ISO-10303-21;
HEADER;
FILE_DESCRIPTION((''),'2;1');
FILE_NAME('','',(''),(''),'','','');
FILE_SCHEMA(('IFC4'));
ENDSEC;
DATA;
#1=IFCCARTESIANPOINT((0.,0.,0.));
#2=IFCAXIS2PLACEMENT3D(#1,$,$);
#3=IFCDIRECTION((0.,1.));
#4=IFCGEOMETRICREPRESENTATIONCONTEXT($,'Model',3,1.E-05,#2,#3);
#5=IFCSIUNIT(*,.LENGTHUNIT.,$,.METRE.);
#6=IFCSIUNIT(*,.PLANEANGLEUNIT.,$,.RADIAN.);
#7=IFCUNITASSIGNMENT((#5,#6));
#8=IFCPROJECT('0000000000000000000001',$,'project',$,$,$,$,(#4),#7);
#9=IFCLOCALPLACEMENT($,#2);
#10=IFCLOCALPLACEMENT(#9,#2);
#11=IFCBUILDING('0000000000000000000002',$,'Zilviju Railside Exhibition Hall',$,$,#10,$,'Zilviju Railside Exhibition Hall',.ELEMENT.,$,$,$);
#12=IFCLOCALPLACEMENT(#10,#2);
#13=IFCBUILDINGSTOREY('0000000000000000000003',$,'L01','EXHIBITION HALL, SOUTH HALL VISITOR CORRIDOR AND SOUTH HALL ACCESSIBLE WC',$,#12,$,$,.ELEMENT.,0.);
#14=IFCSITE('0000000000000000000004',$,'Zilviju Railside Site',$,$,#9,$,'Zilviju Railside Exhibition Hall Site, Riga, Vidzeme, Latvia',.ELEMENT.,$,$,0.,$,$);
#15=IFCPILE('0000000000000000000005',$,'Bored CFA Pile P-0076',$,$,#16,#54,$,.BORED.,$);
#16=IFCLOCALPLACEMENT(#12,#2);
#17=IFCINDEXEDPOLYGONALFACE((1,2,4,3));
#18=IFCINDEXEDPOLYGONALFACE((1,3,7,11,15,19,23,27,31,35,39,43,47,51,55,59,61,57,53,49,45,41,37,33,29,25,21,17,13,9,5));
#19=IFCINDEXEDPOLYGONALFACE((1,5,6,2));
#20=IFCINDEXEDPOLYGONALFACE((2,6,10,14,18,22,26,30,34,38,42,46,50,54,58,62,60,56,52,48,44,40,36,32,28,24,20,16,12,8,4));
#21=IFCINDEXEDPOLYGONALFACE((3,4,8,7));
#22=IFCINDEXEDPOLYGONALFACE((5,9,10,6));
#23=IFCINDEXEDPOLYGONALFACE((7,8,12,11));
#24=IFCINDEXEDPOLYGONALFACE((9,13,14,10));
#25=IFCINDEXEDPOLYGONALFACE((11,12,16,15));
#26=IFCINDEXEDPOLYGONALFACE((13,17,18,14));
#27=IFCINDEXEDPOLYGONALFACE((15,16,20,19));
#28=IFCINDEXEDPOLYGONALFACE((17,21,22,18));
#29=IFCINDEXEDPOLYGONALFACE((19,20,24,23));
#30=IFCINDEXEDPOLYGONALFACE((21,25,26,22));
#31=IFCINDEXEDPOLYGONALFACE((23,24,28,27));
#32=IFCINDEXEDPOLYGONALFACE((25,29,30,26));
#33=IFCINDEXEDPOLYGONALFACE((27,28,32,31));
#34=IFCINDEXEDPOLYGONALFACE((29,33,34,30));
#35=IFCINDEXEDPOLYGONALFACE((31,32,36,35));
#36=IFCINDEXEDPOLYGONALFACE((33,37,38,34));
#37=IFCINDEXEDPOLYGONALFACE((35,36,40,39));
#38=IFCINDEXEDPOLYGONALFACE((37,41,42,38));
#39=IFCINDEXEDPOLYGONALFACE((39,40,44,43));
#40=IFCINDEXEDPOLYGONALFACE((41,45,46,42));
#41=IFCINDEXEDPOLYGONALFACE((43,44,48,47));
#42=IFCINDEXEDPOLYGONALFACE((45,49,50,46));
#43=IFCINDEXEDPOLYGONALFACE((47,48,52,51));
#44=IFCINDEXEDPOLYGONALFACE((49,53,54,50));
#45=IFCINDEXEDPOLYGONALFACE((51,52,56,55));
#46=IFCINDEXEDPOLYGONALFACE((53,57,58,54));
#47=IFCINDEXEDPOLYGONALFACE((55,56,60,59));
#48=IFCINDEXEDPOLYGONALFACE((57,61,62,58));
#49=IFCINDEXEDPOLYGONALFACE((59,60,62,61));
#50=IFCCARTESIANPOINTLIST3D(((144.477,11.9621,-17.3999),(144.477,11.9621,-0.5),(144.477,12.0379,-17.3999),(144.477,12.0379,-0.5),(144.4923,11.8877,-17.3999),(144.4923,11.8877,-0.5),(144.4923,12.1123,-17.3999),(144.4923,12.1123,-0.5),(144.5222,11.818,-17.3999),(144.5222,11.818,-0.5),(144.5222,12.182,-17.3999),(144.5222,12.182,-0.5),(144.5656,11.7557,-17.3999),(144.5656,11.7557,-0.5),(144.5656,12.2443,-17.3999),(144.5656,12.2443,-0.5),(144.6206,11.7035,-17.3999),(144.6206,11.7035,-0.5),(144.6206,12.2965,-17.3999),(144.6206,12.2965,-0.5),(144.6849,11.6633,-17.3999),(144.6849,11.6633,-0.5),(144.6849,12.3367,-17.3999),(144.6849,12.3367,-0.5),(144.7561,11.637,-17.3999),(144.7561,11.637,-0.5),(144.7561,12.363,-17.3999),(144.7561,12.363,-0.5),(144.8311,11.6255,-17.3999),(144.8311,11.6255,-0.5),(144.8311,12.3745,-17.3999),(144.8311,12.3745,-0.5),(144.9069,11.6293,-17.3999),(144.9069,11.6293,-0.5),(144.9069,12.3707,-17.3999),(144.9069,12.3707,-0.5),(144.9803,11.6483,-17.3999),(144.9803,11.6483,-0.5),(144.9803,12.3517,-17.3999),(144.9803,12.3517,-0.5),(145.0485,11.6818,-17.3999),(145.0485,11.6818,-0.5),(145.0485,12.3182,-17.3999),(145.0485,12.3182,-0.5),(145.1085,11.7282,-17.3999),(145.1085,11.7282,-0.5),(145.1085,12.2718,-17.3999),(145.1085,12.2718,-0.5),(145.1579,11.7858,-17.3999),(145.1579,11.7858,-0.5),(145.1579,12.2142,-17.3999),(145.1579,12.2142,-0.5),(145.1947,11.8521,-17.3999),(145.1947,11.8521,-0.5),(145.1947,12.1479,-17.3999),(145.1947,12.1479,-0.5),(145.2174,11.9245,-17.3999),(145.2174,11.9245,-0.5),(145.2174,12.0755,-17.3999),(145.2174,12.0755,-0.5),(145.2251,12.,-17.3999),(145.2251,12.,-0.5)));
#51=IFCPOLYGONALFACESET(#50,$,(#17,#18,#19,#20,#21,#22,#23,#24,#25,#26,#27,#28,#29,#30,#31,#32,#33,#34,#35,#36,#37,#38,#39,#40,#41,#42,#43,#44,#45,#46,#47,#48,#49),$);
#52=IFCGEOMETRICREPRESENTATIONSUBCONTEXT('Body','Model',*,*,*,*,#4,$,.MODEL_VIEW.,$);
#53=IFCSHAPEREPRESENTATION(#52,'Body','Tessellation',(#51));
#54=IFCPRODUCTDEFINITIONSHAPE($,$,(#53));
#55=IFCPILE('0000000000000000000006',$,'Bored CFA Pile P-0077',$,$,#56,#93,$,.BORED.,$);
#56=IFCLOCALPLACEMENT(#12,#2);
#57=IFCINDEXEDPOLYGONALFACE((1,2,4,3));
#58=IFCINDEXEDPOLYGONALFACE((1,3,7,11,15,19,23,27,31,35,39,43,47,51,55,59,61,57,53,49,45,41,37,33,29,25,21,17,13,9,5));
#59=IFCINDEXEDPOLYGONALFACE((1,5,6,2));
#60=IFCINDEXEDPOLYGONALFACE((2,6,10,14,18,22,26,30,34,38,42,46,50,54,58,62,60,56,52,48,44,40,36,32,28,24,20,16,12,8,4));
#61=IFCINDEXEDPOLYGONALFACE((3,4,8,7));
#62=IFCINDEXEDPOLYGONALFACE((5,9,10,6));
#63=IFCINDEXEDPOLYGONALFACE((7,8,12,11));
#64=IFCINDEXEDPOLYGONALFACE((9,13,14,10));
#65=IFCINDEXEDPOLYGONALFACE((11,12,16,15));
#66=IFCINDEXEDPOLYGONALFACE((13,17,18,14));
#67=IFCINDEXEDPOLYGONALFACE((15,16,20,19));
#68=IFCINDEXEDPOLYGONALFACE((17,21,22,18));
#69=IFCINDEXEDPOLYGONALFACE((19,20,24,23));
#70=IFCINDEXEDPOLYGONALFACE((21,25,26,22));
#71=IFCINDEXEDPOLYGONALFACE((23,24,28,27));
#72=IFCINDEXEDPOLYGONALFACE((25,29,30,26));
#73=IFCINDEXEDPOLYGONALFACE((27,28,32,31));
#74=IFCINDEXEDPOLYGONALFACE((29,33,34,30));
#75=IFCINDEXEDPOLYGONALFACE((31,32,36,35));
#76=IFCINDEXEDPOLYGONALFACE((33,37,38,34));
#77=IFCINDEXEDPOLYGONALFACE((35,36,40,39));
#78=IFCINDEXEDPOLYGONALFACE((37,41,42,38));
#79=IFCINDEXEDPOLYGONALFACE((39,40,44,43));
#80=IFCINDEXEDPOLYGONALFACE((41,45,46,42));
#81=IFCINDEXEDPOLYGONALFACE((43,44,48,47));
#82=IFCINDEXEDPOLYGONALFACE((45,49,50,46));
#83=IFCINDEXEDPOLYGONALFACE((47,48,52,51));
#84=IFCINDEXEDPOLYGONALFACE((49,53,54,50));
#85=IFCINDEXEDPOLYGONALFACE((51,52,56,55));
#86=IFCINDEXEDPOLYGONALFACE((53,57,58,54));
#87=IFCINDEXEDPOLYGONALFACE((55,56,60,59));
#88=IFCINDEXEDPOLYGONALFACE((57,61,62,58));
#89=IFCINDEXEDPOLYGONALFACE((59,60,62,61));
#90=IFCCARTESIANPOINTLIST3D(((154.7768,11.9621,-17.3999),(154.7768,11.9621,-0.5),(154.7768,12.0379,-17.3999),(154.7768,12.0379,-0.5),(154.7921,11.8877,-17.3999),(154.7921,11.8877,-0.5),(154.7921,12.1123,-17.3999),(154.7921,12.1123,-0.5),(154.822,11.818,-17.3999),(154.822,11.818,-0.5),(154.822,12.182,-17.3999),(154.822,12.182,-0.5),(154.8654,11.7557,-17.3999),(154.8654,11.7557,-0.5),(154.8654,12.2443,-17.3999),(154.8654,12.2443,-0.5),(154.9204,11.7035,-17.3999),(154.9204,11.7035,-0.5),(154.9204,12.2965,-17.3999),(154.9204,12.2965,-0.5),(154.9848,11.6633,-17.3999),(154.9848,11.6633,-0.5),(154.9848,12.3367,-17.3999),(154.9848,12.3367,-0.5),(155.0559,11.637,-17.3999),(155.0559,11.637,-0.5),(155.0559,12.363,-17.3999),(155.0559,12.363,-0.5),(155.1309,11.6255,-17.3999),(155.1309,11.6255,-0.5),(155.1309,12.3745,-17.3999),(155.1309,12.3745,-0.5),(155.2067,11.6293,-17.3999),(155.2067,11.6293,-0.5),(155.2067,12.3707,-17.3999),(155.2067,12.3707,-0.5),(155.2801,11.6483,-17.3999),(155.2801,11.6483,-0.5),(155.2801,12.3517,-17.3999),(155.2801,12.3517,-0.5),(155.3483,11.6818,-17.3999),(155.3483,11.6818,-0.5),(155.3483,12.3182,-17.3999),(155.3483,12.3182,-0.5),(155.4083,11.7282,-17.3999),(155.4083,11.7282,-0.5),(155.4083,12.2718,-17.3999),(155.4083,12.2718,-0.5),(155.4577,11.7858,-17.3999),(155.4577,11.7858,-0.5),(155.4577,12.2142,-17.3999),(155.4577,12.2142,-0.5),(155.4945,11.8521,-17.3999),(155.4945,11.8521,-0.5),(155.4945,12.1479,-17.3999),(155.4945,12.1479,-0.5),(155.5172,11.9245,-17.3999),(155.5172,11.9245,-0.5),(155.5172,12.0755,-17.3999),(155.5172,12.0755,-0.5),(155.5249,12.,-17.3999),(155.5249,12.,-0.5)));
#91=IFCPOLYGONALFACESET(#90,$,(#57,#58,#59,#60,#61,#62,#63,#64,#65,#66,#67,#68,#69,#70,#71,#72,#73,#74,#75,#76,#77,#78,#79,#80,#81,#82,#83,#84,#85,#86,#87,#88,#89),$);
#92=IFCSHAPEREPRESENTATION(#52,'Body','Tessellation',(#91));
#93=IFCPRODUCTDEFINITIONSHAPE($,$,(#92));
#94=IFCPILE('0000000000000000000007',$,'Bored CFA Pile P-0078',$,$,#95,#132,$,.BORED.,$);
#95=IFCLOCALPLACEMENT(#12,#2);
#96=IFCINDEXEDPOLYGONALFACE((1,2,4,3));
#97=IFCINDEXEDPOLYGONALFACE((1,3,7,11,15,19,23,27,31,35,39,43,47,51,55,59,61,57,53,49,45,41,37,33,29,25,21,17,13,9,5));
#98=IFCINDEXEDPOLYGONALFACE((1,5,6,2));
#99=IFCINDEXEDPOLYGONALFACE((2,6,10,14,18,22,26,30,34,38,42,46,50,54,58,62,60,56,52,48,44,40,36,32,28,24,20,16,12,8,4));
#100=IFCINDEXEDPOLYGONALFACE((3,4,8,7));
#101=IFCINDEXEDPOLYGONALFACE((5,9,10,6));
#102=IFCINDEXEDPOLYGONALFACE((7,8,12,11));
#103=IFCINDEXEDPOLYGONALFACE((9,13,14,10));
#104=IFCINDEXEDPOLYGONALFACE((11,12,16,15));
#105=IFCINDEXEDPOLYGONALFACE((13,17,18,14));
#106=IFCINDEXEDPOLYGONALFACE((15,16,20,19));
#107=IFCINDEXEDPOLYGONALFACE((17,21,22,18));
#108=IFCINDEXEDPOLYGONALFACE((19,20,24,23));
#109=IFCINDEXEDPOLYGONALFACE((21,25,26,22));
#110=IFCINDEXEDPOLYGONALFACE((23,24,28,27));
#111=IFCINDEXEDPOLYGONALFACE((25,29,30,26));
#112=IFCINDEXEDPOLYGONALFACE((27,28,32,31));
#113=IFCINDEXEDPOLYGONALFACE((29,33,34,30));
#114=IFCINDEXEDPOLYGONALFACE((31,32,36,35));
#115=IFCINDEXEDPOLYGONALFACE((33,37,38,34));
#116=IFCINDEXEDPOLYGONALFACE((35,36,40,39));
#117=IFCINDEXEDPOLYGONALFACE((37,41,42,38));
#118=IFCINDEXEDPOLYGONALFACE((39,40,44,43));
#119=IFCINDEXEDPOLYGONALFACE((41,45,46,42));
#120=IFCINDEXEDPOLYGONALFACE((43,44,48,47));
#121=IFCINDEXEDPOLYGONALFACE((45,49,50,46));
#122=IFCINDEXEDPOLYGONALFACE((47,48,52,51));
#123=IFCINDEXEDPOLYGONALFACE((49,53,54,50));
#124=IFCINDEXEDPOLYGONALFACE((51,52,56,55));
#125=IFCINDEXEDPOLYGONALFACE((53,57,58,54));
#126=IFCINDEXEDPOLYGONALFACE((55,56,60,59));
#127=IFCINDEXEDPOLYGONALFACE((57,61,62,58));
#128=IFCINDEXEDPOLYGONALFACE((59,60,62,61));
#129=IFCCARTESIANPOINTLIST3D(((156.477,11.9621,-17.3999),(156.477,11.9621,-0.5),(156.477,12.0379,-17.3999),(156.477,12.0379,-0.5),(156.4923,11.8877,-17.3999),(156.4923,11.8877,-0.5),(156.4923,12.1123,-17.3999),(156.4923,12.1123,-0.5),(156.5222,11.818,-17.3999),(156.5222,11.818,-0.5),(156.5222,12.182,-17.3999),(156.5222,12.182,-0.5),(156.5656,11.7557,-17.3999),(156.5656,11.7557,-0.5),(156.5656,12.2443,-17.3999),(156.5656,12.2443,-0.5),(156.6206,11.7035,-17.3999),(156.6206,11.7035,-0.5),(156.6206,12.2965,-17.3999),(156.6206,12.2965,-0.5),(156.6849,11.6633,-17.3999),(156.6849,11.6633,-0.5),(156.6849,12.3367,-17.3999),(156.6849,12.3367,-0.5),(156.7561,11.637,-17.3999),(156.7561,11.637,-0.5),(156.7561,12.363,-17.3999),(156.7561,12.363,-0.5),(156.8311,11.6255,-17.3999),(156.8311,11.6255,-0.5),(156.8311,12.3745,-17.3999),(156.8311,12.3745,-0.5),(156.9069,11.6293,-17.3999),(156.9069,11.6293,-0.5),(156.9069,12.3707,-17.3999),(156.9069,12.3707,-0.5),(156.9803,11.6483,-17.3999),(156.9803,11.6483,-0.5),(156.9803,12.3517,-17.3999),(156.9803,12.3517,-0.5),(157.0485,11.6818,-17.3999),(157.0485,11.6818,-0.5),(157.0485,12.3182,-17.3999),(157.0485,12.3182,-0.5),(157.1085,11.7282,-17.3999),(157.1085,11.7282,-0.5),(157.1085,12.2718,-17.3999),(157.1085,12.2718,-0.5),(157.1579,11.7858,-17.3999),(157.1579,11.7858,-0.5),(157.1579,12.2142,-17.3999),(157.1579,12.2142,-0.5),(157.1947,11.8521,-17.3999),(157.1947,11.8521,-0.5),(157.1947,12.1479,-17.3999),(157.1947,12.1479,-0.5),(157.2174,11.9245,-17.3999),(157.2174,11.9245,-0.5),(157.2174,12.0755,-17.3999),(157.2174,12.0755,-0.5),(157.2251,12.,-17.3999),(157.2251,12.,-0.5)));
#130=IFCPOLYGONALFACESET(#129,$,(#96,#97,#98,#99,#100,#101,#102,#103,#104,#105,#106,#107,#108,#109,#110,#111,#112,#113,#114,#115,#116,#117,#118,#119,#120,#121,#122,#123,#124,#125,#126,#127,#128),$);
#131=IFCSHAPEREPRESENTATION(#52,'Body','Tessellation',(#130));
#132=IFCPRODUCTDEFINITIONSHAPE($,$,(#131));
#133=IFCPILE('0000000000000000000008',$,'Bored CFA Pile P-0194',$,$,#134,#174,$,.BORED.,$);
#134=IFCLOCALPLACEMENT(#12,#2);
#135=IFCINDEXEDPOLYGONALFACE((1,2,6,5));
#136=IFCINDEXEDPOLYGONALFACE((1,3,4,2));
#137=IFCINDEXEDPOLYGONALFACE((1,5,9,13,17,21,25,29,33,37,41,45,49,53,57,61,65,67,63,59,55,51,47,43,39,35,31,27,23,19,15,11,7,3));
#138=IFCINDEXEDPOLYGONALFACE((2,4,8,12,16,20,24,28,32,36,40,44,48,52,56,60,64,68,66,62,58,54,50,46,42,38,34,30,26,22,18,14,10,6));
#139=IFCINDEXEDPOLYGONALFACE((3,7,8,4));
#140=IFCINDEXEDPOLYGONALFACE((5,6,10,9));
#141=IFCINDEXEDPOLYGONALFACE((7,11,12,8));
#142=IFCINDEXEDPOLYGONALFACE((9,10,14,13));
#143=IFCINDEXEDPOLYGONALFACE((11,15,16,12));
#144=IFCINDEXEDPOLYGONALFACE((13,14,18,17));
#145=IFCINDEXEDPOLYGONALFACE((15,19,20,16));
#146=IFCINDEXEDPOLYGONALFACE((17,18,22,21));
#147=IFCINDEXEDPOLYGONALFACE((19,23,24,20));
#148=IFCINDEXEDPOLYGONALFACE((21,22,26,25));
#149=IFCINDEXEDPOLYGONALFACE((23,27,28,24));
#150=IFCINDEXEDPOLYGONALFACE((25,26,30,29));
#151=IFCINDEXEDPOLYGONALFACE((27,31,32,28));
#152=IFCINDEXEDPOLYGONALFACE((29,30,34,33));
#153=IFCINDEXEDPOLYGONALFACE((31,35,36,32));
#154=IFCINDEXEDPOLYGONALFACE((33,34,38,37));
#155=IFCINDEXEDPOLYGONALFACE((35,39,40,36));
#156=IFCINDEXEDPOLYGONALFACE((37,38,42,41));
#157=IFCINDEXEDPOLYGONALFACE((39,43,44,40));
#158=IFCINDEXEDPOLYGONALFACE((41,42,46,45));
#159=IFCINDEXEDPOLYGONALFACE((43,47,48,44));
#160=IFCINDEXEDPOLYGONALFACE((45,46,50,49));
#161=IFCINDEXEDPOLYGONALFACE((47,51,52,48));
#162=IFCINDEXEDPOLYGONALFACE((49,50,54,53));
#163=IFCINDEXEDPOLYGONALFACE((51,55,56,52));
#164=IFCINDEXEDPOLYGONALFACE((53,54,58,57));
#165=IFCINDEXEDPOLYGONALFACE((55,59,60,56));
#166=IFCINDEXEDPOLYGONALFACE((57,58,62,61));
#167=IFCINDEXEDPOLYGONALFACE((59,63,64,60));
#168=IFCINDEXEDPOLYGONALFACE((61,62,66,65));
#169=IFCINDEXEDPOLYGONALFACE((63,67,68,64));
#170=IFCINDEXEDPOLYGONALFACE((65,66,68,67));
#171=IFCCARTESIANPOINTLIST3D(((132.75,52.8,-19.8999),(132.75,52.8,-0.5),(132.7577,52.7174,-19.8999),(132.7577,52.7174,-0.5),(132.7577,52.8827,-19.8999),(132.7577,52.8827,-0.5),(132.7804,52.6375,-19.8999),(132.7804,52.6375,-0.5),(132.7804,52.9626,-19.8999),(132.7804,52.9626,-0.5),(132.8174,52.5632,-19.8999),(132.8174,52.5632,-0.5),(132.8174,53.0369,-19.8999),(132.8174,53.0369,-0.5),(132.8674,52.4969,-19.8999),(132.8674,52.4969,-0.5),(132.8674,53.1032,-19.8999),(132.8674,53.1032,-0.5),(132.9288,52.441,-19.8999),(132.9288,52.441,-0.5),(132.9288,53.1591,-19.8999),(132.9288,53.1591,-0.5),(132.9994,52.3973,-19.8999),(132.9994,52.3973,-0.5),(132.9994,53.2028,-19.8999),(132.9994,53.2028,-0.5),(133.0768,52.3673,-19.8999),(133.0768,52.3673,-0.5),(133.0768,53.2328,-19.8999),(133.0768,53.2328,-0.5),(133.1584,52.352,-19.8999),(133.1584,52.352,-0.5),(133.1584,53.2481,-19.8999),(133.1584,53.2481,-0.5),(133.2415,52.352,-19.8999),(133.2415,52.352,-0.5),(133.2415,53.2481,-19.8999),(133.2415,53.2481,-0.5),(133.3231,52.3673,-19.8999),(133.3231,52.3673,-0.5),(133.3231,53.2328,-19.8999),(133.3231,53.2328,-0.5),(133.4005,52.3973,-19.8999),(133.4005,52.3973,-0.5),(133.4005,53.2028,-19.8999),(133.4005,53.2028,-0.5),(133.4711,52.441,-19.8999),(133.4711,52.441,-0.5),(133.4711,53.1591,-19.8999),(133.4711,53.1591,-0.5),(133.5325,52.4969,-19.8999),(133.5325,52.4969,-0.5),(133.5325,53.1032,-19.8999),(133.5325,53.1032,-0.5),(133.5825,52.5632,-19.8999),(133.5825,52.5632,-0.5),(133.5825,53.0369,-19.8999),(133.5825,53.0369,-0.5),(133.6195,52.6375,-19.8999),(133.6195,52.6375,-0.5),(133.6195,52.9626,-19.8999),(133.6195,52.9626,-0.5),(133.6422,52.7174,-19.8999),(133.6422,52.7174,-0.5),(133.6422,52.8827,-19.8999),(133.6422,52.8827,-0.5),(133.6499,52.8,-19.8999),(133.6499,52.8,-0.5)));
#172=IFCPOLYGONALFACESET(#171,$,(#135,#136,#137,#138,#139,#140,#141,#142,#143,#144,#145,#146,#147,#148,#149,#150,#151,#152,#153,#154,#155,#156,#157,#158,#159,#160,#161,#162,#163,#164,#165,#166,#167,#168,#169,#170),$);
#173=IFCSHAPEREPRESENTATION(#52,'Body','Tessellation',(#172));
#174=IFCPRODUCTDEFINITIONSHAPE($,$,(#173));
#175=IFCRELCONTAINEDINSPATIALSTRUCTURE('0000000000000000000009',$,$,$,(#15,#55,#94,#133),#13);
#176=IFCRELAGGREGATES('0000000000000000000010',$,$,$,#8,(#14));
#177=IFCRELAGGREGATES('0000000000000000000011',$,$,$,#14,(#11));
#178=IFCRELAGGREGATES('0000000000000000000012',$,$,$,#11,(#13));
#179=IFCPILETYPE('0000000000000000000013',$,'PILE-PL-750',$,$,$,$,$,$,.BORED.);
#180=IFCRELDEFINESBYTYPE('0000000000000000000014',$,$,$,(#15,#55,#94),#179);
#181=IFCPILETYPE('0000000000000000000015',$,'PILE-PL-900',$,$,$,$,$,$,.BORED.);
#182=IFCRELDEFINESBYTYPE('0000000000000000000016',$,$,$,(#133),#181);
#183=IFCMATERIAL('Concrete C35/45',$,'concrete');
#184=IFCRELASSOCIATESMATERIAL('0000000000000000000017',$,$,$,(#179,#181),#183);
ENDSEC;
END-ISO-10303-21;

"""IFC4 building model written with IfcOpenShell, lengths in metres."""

from ifc_helpers import new_model, si_unit, direction, frame, origin, origin_2d, place, context, subcontext, project, spatial, circle, extrude, material, material_profile, profile_set, type_object, element, save


model = new_model("IFC4")

# Units and contexts
model_context = context("Model", 3, precision=1e-05, world=origin(), true_north=direction((0.0, 1.0)))
body_context = subcontext(model_context, "Body", "Model", "MODEL_VIEW")
ifc_project = project(units=[si_unit("LENGTHUNIT", "METRE"), si_unit("PLANEANGLEUNIT", "RADIAN")], contexts=[model_context])

# Site, building, storey
site_placement = place(None, origin())
site = spatial("IfcSite", under=ifc_project, at=site_placement, Name="Zilviju Railside Site", LongName="Zilviju Railside Exhibition Hall Site, Riga, Vidzeme, Latvia", CompositionType="ELEMENT", RefElevation=0.0)
building_placement = place(site_placement, origin())
building = spatial("IfcBuilding", under=site, at=building_placement, Name="Zilviju Railside Exhibition Hall", LongName="Zilviju Railside Exhibition Hall", CompositionType="ELEMENT")
storey_placement = place(building_placement, origin())
storey = spatial("IfcBuildingStorey", under=building, at=storey_placement, Name="L01", Description="EXHIBITION HALL, SOUTH HALL VISITOR CORRIDOR AND SOUTH HALL ACCESSIBLE WC", CompositionType="ELEMENT", Elevation=0.0)

# Shared definitions
ifc_material_1 = material(Name="Concrete C35/45", Category="concrete")

# Piles
ifc_material_profile_1 = material_profile(ifc_material_1, circle(Radius=0.375, at=origin_2d()), Name="CFA PILE D750")
ifc_profile_set_1 = profile_set([ifc_material_profile_1], Name="Concrete C35/45")
pile_type_1 = type_object("IfcPileType", Name="PILE-PL-750", PredefinedType="BORED", material=ifc_profile_set_1)
for number, where, z_axis, x_axis, name in (
    (1, (144.8501, 12.0, -0.5), (0.0, 0.0, -1.0), (1.0, 0.0, 0.0), "Bored CFA Pile P-0076"),
    (2, (155.1499, 12.0, -0.5), (0.0, 0.0, -1.0), (1.0, 0.0, 0.0), "Bored CFA Pile P-0077"),
    (3, (156.8501, 12.0, -0.5), (0.0, 0.0, -1.0), (1.0, 0.0, 0.0), "Bored CFA Pile P-0078"),
):
    element("IfcPile", number, at=place(storey_placement, frame(where, z_axis=z_axis, x_axis=x_axis)), inside=storey, type_object=pile_type_1, Name=name, PredefinedType="BORED", context=body_context, shape_type="SweptSolid", body=[
        extrude(circle(Radius=0.375, at=origin_2d()), origin(), (0.0, 0.0, 1.0), 16.8999),
    ])
ifc_material_profile_2 = material_profile(ifc_material_1, circle(Radius=0.45, at=origin_2d()), Name="CFA PILE D900")
ifc_profile_set_2 = profile_set([ifc_material_profile_2], Name="Concrete C35/45")
pile_type_2 = type_object("IfcPileType", Name="PILE-PL-900", PredefinedType="BORED", material=ifc_profile_set_2)
for number, where, z_axis, x_axis, name in (
    (4, (133.2, 52.8, -0.5), (0.0, 0.0, -1.0), (1.0, 0.0, 0.0), "Bored CFA Pile P-0194"),
):
    element("IfcPile", number, at=place(storey_placement, frame(where, z_axis=z_axis, x_axis=x_axis)), inside=storey, type_object=pile_type_2, Name=name, PredefinedType="BORED", context=body_context, shape_type="SweptSolid", body=[
        extrude(circle(Radius=0.45, at=origin_2d()), origin(), (0.0, 0.0, 1.0), 19.3999),
    ])

save(model, "model.ifc")
